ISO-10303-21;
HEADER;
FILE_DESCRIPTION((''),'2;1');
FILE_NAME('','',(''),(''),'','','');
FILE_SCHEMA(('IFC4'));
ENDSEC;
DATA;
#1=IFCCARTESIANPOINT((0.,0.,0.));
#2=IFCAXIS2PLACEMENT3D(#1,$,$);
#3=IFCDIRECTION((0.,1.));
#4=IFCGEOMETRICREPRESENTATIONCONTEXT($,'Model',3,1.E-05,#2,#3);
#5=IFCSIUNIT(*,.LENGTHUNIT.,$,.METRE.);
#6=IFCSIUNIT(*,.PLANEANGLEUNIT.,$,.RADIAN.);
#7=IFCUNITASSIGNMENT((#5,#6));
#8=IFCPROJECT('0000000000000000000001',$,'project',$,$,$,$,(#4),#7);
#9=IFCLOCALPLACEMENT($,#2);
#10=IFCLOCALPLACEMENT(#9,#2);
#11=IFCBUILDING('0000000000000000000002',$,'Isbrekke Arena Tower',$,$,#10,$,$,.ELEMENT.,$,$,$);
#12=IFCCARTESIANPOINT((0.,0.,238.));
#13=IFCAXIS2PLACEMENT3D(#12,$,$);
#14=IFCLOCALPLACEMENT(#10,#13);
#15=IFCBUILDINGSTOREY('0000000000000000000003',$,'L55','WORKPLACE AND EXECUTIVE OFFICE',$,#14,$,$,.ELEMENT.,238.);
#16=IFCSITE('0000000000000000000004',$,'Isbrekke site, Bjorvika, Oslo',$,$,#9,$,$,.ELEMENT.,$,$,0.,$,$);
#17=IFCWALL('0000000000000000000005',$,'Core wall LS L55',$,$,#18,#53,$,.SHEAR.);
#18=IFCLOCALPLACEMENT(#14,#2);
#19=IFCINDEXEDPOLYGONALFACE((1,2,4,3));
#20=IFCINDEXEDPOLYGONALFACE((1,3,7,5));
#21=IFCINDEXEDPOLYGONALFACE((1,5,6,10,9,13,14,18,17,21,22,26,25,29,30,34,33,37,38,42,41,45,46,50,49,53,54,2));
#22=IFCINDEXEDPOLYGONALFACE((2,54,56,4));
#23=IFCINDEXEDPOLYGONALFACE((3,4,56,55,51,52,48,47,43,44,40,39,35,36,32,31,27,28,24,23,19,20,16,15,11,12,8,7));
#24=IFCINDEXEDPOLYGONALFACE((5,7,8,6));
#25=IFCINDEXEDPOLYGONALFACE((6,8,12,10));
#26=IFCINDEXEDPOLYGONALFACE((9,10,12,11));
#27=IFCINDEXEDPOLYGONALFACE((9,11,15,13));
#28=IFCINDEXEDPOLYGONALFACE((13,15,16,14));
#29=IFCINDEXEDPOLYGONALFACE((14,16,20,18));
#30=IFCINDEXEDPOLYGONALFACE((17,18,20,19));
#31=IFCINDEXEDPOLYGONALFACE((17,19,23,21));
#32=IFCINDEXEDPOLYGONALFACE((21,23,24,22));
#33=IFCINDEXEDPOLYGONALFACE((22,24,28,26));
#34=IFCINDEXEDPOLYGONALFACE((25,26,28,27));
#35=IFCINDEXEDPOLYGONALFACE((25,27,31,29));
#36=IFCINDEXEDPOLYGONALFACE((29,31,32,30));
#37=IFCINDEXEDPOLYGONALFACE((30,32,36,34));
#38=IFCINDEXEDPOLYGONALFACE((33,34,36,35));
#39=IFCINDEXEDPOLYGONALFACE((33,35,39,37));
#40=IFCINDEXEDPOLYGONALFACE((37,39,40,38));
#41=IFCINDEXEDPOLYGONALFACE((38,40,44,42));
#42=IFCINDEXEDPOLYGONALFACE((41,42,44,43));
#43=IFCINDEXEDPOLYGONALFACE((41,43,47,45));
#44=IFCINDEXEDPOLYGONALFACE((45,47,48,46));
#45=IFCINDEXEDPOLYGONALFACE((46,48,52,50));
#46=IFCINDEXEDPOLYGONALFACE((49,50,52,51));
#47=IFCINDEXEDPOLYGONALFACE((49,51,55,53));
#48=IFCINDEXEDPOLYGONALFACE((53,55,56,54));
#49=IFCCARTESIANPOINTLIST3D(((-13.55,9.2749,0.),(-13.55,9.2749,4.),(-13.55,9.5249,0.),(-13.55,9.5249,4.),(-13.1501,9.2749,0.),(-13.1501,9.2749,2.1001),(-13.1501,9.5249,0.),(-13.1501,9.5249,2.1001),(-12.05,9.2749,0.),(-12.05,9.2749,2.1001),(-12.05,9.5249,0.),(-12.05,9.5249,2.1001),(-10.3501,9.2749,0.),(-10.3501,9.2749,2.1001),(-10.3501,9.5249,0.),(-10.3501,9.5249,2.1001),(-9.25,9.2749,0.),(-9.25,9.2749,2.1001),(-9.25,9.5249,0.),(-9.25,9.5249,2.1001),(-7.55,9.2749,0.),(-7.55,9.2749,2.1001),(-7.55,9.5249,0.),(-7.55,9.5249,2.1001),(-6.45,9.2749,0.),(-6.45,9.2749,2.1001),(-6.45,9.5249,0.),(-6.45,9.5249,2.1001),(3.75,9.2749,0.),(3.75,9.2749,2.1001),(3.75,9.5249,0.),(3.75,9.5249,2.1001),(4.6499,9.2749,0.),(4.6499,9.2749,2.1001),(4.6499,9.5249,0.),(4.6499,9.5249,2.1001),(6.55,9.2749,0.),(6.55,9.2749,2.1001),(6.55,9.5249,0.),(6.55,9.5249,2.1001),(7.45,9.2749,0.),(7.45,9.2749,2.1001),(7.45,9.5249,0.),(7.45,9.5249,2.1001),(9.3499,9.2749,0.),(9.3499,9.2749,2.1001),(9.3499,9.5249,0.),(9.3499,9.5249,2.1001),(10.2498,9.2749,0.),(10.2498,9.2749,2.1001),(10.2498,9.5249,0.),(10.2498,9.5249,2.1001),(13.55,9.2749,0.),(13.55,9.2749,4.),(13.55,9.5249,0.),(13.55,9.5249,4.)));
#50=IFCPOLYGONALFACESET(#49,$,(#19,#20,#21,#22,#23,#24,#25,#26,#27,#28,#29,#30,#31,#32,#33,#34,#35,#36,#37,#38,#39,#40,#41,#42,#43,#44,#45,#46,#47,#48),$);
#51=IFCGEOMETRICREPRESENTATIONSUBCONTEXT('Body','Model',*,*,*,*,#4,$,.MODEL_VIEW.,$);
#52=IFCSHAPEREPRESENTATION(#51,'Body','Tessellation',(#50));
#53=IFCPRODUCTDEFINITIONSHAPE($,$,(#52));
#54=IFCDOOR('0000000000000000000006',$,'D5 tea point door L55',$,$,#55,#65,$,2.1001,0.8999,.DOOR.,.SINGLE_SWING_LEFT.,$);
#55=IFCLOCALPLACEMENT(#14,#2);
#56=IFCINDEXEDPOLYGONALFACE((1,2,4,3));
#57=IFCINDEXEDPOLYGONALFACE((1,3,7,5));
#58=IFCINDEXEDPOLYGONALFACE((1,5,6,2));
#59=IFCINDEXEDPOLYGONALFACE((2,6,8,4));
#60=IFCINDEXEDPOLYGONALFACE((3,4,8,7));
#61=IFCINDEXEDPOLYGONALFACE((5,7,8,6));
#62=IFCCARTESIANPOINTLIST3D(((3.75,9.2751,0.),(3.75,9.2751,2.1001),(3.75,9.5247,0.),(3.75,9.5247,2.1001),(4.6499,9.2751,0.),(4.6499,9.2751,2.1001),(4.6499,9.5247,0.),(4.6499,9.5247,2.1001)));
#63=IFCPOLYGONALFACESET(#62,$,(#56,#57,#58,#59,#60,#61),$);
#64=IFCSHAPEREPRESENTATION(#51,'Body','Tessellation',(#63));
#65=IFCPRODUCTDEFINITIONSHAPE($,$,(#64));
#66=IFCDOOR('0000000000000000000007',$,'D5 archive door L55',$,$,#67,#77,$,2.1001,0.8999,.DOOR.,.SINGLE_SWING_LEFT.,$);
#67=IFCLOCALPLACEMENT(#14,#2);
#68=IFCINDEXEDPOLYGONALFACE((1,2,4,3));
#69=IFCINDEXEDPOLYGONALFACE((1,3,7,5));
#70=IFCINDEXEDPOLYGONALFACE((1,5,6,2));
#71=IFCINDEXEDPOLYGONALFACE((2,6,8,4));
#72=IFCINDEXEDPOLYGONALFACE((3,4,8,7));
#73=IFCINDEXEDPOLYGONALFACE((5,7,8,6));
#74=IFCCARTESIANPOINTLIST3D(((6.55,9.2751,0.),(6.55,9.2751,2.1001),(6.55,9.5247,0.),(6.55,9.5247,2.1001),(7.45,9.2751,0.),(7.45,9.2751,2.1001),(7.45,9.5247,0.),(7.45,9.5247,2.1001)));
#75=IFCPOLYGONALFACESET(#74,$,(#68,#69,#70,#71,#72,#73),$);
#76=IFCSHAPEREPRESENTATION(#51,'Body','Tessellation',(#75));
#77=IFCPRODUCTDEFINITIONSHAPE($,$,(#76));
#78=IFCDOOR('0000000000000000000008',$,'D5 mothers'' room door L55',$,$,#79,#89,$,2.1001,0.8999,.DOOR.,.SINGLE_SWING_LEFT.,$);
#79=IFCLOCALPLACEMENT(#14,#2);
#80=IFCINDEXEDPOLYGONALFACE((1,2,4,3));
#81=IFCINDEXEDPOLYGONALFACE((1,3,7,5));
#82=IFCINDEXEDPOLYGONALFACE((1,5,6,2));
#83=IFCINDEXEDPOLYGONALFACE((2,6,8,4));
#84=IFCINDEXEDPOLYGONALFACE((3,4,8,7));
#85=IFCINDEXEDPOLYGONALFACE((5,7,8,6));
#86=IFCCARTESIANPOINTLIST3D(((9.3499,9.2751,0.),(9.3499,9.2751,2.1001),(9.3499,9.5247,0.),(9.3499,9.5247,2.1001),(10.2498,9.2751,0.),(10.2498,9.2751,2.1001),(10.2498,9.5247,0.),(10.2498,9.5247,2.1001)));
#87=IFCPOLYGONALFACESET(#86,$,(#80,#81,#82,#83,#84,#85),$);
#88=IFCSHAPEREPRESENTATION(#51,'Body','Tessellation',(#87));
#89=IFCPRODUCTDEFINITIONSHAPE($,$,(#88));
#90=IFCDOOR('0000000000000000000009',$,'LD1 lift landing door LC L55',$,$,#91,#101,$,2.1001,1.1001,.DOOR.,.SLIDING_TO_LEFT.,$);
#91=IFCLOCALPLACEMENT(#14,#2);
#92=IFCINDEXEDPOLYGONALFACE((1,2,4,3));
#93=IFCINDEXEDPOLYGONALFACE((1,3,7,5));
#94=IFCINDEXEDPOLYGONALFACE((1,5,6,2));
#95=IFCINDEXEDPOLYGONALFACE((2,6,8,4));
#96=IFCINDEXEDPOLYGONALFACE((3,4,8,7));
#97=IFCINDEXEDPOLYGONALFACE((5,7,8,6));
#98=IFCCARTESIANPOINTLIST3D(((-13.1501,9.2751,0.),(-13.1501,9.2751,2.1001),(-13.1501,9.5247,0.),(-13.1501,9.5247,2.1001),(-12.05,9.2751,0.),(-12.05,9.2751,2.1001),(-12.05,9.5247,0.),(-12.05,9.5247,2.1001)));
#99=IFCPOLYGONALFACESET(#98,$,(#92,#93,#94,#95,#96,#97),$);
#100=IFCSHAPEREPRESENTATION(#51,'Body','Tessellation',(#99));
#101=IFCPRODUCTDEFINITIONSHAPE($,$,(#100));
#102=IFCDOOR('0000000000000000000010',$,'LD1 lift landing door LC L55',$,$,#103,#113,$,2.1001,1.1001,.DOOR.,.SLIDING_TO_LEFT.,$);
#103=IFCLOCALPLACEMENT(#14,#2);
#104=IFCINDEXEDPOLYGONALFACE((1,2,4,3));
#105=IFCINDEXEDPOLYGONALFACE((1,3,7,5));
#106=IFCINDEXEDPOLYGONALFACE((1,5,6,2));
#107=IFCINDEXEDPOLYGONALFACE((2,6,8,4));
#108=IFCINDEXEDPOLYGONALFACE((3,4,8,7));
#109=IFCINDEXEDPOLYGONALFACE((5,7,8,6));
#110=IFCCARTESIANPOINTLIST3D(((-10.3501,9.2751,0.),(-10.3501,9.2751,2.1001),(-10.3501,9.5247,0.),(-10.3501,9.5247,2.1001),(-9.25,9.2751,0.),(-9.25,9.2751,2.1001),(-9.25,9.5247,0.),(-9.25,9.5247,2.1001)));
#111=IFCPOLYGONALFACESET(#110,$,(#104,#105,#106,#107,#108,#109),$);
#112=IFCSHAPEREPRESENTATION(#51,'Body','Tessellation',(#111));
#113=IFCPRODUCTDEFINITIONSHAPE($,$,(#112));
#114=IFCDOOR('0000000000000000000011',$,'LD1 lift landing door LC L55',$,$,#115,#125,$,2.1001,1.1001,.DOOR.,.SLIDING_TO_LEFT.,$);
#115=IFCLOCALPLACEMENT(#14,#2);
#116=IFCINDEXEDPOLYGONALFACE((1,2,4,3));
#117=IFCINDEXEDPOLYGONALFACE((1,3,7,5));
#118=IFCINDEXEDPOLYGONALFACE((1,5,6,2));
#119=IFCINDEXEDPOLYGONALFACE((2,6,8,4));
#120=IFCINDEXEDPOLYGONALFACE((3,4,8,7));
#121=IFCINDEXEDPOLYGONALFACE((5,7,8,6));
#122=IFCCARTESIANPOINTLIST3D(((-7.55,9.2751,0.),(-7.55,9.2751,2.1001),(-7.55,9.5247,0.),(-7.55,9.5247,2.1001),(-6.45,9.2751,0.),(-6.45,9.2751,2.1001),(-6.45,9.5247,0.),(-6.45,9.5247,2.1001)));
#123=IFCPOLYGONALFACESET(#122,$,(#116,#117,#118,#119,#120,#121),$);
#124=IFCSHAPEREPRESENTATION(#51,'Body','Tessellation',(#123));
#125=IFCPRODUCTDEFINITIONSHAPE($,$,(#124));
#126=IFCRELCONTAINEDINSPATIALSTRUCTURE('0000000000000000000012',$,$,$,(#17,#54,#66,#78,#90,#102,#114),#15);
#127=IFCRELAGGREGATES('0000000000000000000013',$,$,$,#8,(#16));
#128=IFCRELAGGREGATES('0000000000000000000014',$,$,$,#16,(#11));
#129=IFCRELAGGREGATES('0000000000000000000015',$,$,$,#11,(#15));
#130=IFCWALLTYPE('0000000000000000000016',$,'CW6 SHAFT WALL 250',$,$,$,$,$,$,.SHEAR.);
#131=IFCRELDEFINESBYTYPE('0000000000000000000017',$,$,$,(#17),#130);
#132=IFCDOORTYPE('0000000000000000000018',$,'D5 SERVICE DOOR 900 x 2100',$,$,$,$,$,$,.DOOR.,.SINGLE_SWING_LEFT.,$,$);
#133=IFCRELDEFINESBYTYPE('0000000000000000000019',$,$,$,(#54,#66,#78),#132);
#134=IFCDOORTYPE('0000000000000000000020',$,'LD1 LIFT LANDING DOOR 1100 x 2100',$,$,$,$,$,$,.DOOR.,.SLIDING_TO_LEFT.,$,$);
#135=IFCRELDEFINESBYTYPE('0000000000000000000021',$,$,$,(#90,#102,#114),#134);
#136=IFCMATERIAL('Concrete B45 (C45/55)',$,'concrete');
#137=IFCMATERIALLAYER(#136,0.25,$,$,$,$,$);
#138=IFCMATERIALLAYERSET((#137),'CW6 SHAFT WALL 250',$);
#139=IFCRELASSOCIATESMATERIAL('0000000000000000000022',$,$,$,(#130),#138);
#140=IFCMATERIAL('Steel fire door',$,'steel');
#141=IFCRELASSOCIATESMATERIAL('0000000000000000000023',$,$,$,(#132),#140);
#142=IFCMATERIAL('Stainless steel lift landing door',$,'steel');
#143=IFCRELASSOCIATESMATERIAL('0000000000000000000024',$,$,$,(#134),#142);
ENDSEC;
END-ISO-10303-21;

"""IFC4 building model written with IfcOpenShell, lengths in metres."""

from ifc_helpers import new_model, si_unit, direction, frame, frame_2d, origin, place, context, subcontext, project, spatial, rectangle, extrude, material, layer, layer_set, type_object, element, fill, save


model = new_model("IFC4")

# Units and contexts
model_context = context("Model", 3, precision=1e-05, world=origin(), true_north=direction((0.0, 1.0)))
body_context = subcontext(model_context, "Body", "Model", "MODEL_VIEW")
ifc_project = project(units=[si_unit("LENGTHUNIT", "METRE"), si_unit("PLANEANGLEUNIT", "RADIAN")], contexts=[model_context])

# Site, building, storey
site_placement = place(None, origin())
site = spatial("IfcSite", under=ifc_project, at=site_placement, Name="Isbrekke site, Bjorvika, Oslo", CompositionType="ELEMENT", RefElevation=0.0)
building_placement = place(site_placement, origin())
building = spatial("IfcBuilding", under=site, at=building_placement, Name="Isbrekke Arena Tower", CompositionType="ELEMENT")
storey_placement = place(building_placement, frame((0.0, 0.0, 238.0)))
storey = spatial("IfcBuildingStorey", under=building, at=storey_placement, Name="L55", Description="WORKPLACE AND EXECUTIVE OFFICE", CompositionType="ELEMENT", Elevation=238.0)

# Wall, openings, doors
ifc_material_1 = material(Name="Concrete B45 (C45/55)", Category="concrete")
ifc_layer_1 = layer(ifc_material_1, 0.25)
ifc_layer_set_1 = layer_set([ifc_layer_1], Name="CW6 SHAFT WALL 250")
wall_type_1 = type_object("IfcWallType", Name="CW6 SHAFT WALL 250", PredefinedType="SHEAR", material=ifc_layer_set_1)
wall_1_placement = place(storey_placement, frame((-13.55, 9.3999, 0.0), z_axis=(0.0, 0.0, 1.0), x_axis=(1.0, 0.0, 0.0)))
wall_1 = element("IfcWall", 1, at=wall_1_placement, inside=storey, type_object=wall_type_1, Name="Core wall LS L55", PredefinedType="SHEAR", context=body_context, shape_type="SweptSolid", body=[
    extrude(rectangle(XDim=27.1001, YDim=0.25, at=frame_2d((13.55, 0.0))), origin(), (0.0, 0.0, 1.0), 4.0),
])
opening_1_placement = place(wall_1_placement, frame((0.3999, 0.0, 0.0)))
opening_1 = element("IfcOpeningElement", 2, at=opening_1_placement, cuts=wall_1, PredefinedType="OPENING", context=body_context, shape_type="SweptSolid", body=[
    extrude(rectangle(XDim=1.1001, YDim=2.1001, at=frame_2d((0.55, 1.05))), frame((0.0, 0.1399, 0.0), z_axis=(0.0, -1.0, 0.0), x_axis=(1.0, 0.0, 0.0)), (0.0, 0.0, 1.0), 0.2798),
])
opening_2_placement = place(wall_1_placement, frame((3.2, 0.0, 0.0)))
opening_2 = element("IfcOpeningElement", 3, at=opening_2_placement, cuts=wall_1, PredefinedType="OPENING", context=body_context, shape_type="SweptSolid", body=[
    extrude(rectangle(XDim=1.1001, YDim=2.1001, at=frame_2d((0.55, 1.05))), frame((0.0, 0.1399, 0.0), z_axis=(0.0, -1.0, 0.0), x_axis=(1.0, 0.0, 0.0)), (0.0, 0.0, 1.0), 0.2798),
])
opening_3_placement = place(wall_1_placement, frame((6.0, 0.0, 0.0)))
opening_3 = element("IfcOpeningElement", 4, at=opening_3_placement, cuts=wall_1, PredefinedType="OPENING", context=body_context, shape_type="SweptSolid", body=[
    extrude(rectangle(XDim=1.1001, YDim=2.1001, at=frame_2d((0.55, 1.05))), frame((0.0, 0.1399, 0.0), z_axis=(0.0, -1.0, 0.0), x_axis=(1.0, 0.0, 0.0)), (0.0, 0.0, 1.0), 0.2798),
])
opening_4_placement = place(wall_1_placement, frame((17.3, 0.0, 0.0)))
opening_4 = element("IfcOpeningElement", 5, at=opening_4_placement, cuts=wall_1, PredefinedType="OPENING", context=body_context, shape_type="SweptSolid", body=[
    extrude(rectangle(XDim=0.8999, YDim=2.1001, at=frame_2d((0.45, 1.05))), frame((0.0, 0.1399, 0.0), z_axis=(0.0, -1.0, 0.0), x_axis=(1.0, 0.0, 0.0)), (0.0, 0.0, 1.0), 0.2798),
])
opening_5_placement = place(wall_1_placement, frame((20.1001, 0.0, 0.0)))
opening_5 = element("IfcOpeningElement", 6, at=opening_5_placement, cuts=wall_1, PredefinedType="OPENING", context=body_context, shape_type="SweptSolid", body=[
    extrude(rectangle(XDim=0.8999, YDim=2.1001, at=frame_2d((0.45, 1.05))), frame((0.0, 0.1399, 0.0), z_axis=(0.0, -1.0, 0.0), x_axis=(1.0, 0.0, 0.0)), (0.0, 0.0, 1.0), 0.2798),
])
opening_6_placement = place(wall_1_placement, frame((22.8999, 0.0, 0.0)))
opening_6 = element("IfcOpeningElement", 7, at=opening_6_placement, cuts=wall_1, PredefinedType="OPENING", context=body_context, shape_type="SweptSolid", body=[
    extrude(rectangle(XDim=0.8999, YDim=2.1001, at=frame_2d((0.45, 1.05))), frame((0.0, 0.1399, 0.0), z_axis=(0.0, -1.0, 0.0), x_axis=(1.0, 0.0, 0.0)), (0.0, 0.0, 1.0), 0.2798),
])
ifc_material_2 = material(Name="Steel fire door", Category="steel")
door_type_1 = type_object("IfcDoorType", Name="D5 SERVICE DOOR 900 x 2100", OperationType="SINGLE_SWING_LEFT", PredefinedType="DOOR", material=ifc_material_2)
door_1_placement = place(opening_4_placement, origin())
door_1 = element("IfcDoor", 8, at=door_1_placement, inside=storey, type_object=door_type_1, Name="D5 tea point door L55", OperationType="SINGLE_SWING_LEFT", OverallHeight=2.1001, OverallWidth=0.8999, PredefinedType="DOOR", context=body_context, shape_type="SweptSolid", body=[
    extrude(rectangle(XDim=0.8999, YDim=2.1001, at=frame_2d((0.45, 1.05))), frame((0.0, 0.1248, 0.0), z_axis=(0.0, -1.0, 0.0), x_axis=(1.0, 0.0, 0.0)), (0.0, 0.0, 1.0), 0.2495),
])
fill(opening_4, door_1)
door_2_placement = place(opening_5_placement, origin())
door_2 = element("IfcDoor", 9, at=door_2_placement, inside=storey, type_object=door_type_1, Name="D5 archive door L55", OperationType="SINGLE_SWING_LEFT", OverallHeight=2.1001, OverallWidth=0.8999, PredefinedType="DOOR", context=body_context, shape_type="SweptSolid", body=[
    extrude(rectangle(XDim=0.8999, YDim=2.1001, at=frame_2d((0.45, 1.05))), frame((0.0, 0.1248, 0.0), z_axis=(0.0, -1.0, 0.0), x_axis=(1.0, 0.0, 0.0)), (0.0, 0.0, 1.0), 0.2495),
])
fill(opening_5, door_2)
door_3_placement = place(opening_6_placement, origin())
door_3 = element("IfcDoor", 10, at=door_3_placement, inside=storey, type_object=door_type_1, Name="D5 mothers' room door L55", OperationType="SINGLE_SWING_LEFT", OverallHeight=2.1001, OverallWidth=0.8999, PredefinedType="DOOR", context=body_context, shape_type="SweptSolid", body=[
    extrude(rectangle(XDim=0.8999, YDim=2.1001, at=frame_2d((0.45, 1.05))), frame((0.0, 0.1248, 0.0), z_axis=(0.0, -1.0, 0.0), x_axis=(1.0, 0.0, 0.0)), (0.0, 0.0, 1.0), 0.2495),
])
fill(opening_6, door_3)
ifc_material_3 = material(Name="Stainless steel lift landing door", Category="steel")
door_type_2 = type_object("IfcDoorType", Name="LD1 LIFT LANDING DOOR 1100 x 2100", OperationType="SLIDING_TO_LEFT", PredefinedType="DOOR", material=ifc_material_3)
door_4_placement = place(opening_1_placement, origin())
door_4 = element("IfcDoor", 11, at=door_4_placement, inside=storey, type_object=door_type_2, Name="LD1 lift landing door LC L55", OperationType="SLIDING_TO_LEFT", OverallHeight=2.1001, OverallWidth=1.1001, PredefinedType="DOOR", context=body_context, shape_type="SweptSolid", body=[
    extrude(rectangle(XDim=1.1001, YDim=2.1001, at=frame_2d((0.55, 1.05))), frame((0.0, 0.1248, 0.0), z_axis=(0.0, -1.0, 0.0), x_axis=(1.0, 0.0, 0.0)), (0.0, 0.0, 1.0), 0.2495),
])
fill(opening_1, door_4)
door_5_placement = place(opening_2_placement, origin())
door_5 = element("IfcDoor", 12, at=door_5_placement, inside=storey, type_object=door_type_2, Name="LD1 lift landing door LC L55", OperationType="SLIDING_TO_LEFT", OverallHeight=2.1001, OverallWidth=1.1001, PredefinedType="DOOR", context=body_context, shape_type="SweptSolid", body=[
    extrude(rectangle(XDim=1.1001, YDim=2.1001, at=frame_2d((0.55, 1.05))), frame((0.0, 0.1248, 0.0), z_axis=(0.0, -1.0, 0.0), x_axis=(1.0, 0.0, 0.0)), (0.0, 0.0, 1.0), 0.2495),
])
fill(opening_2, door_5)
door_6_placement = place(opening_3_placement, origin())
door_6 = element("IfcDoor", 13, at=door_6_placement, inside=storey, type_object=door_type_2, Name="LD1 lift landing door LC L55", OperationType="SLIDING_TO_LEFT", OverallHeight=2.1001, OverallWidth=1.1001, PredefinedType="DOOR", context=body_context, shape_type="SweptSolid", body=[
    extrude(rectangle(XDim=1.1001, YDim=2.1001, at=frame_2d((0.55, 1.05))), frame((0.0, 0.1248, 0.0), z_axis=(0.0, -1.0, 0.0), x_axis=(1.0, 0.0, 0.0)), (0.0, 0.0, 1.0), 0.2495),
])
fill(opening_3, door_6)

save(model, "model.ifc")
